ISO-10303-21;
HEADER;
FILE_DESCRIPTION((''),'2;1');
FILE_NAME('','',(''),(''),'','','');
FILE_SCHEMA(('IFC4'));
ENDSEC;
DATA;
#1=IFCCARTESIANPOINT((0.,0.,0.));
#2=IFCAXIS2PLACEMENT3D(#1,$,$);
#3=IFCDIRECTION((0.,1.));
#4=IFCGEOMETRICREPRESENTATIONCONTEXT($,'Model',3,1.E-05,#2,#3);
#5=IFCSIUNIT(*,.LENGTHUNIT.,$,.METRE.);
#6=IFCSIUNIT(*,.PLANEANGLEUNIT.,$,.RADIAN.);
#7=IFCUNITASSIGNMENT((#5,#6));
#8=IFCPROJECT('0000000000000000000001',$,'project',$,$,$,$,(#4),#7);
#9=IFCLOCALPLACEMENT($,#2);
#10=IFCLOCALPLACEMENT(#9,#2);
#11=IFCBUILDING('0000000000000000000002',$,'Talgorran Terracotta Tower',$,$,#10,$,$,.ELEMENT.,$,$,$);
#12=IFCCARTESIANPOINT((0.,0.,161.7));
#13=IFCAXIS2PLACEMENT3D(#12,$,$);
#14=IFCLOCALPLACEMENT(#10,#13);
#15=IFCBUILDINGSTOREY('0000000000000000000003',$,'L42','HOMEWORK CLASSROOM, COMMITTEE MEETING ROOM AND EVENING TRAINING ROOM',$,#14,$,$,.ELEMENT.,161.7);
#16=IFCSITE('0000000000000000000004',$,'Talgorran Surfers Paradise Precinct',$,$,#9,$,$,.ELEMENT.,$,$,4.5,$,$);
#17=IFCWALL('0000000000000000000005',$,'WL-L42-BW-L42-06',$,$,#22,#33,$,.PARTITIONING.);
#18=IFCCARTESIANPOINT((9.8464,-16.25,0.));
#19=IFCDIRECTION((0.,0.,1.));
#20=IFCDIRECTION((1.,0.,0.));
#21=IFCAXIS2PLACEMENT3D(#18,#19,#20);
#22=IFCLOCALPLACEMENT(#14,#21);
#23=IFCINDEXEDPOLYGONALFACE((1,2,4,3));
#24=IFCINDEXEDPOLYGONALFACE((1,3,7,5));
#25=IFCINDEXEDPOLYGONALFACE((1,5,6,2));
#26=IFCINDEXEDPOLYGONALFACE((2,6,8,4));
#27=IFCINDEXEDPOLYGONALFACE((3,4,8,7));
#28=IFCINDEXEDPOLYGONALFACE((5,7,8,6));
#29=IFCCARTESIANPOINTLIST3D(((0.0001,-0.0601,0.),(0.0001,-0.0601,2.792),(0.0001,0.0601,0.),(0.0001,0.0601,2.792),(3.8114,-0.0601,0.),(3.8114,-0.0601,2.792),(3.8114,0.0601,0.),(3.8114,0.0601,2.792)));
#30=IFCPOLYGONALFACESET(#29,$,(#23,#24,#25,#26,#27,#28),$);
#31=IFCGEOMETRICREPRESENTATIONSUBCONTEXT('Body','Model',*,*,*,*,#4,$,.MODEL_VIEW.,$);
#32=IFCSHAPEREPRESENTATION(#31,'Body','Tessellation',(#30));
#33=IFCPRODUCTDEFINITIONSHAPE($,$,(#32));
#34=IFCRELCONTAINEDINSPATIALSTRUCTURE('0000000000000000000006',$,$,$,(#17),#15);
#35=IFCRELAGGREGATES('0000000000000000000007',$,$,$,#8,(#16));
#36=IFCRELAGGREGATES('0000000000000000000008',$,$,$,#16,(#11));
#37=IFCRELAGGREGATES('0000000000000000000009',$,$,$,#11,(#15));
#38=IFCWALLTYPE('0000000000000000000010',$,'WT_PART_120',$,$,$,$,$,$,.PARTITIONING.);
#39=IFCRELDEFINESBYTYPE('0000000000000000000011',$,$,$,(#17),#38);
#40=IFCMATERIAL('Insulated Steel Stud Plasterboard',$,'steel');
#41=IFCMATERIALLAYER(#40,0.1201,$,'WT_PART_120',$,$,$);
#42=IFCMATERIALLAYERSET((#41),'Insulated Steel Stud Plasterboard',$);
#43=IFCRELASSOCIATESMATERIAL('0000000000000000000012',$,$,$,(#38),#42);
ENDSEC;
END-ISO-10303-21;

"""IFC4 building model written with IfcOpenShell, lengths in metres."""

from ifc_helpers import new_model, si_unit, direction, frame, frame_2d, origin, place, context, subcontext, project, spatial, rectangle, extrude, material, layer, layer_set, type_object, element, save


model = new_model("IFC4")

# Units and contexts
model_context = context("Model", 3, precision=1e-05, world=origin(), true_north=direction((0.0, 1.0)))
body_context = subcontext(model_context, "Body", "Model", "MODEL_VIEW")
ifc_project = project(units=[si_unit("LENGTHUNIT", "METRE"), si_unit("PLANEANGLEUNIT", "RADIAN")], contexts=[model_context])

# Site, building, storey
site_placement = place(None, origin())
site = spatial("IfcSite", under=ifc_project, at=site_placement, Name="Talgorran Surfers Paradise Precinct", CompositionType="ELEMENT", RefElevation=4.5)
building_placement = place(site_placement, origin())
building = spatial("IfcBuilding", under=site, at=building_placement, Name="Talgorran Terracotta Tower", CompositionType="ELEMENT")
storey_placement = place(building_placement, frame((0.0, 0.0, 161.7)))
storey = spatial("IfcBuildingStorey", under=building, at=storey_placement, Name="L42", Description="HOMEWORK CLASSROOM, COMMITTEE MEETING ROOM AND EVENING TRAINING ROOM", CompositionType="ELEMENT", Elevation=161.7)

# Wall
ifc_material_1 = material(Name="Insulated Steel Stud Plasterboard", Category="steel")
ifc_layer_1 = layer(ifc_material_1, 0.1201, Name="WT_PART_120")
ifc_layer_set_1 = layer_set([ifc_layer_1], Name="Insulated Steel Stud Plasterboard")
wall_type_1 = type_object("IfcWallType", Name="WT_PART_120", PredefinedType="PARTITIONING", material=ifc_layer_set_1)
wall_1_placement = place(storey_placement, frame((9.8464, -16.25, 0.0), z_axis=(0.0, 0.0, 1.0), x_axis=(1.0, 0.0, 0.0)))
element("IfcWall", 1, at=wall_1_placement, inside=storey, type_object=wall_type_1, Name="WL-L42-BW-L42-06", PredefinedType="PARTITIONING", context=body_context, shape_type="SweptSolid", body=[
    extrude(rectangle(XDim=3.8113, YDim=0.1201, at=frame_2d((1.9058, 0.0))), origin(), (0.0, 0.0, 1.0), 2.792),
])

save(model, "model.ifc")
